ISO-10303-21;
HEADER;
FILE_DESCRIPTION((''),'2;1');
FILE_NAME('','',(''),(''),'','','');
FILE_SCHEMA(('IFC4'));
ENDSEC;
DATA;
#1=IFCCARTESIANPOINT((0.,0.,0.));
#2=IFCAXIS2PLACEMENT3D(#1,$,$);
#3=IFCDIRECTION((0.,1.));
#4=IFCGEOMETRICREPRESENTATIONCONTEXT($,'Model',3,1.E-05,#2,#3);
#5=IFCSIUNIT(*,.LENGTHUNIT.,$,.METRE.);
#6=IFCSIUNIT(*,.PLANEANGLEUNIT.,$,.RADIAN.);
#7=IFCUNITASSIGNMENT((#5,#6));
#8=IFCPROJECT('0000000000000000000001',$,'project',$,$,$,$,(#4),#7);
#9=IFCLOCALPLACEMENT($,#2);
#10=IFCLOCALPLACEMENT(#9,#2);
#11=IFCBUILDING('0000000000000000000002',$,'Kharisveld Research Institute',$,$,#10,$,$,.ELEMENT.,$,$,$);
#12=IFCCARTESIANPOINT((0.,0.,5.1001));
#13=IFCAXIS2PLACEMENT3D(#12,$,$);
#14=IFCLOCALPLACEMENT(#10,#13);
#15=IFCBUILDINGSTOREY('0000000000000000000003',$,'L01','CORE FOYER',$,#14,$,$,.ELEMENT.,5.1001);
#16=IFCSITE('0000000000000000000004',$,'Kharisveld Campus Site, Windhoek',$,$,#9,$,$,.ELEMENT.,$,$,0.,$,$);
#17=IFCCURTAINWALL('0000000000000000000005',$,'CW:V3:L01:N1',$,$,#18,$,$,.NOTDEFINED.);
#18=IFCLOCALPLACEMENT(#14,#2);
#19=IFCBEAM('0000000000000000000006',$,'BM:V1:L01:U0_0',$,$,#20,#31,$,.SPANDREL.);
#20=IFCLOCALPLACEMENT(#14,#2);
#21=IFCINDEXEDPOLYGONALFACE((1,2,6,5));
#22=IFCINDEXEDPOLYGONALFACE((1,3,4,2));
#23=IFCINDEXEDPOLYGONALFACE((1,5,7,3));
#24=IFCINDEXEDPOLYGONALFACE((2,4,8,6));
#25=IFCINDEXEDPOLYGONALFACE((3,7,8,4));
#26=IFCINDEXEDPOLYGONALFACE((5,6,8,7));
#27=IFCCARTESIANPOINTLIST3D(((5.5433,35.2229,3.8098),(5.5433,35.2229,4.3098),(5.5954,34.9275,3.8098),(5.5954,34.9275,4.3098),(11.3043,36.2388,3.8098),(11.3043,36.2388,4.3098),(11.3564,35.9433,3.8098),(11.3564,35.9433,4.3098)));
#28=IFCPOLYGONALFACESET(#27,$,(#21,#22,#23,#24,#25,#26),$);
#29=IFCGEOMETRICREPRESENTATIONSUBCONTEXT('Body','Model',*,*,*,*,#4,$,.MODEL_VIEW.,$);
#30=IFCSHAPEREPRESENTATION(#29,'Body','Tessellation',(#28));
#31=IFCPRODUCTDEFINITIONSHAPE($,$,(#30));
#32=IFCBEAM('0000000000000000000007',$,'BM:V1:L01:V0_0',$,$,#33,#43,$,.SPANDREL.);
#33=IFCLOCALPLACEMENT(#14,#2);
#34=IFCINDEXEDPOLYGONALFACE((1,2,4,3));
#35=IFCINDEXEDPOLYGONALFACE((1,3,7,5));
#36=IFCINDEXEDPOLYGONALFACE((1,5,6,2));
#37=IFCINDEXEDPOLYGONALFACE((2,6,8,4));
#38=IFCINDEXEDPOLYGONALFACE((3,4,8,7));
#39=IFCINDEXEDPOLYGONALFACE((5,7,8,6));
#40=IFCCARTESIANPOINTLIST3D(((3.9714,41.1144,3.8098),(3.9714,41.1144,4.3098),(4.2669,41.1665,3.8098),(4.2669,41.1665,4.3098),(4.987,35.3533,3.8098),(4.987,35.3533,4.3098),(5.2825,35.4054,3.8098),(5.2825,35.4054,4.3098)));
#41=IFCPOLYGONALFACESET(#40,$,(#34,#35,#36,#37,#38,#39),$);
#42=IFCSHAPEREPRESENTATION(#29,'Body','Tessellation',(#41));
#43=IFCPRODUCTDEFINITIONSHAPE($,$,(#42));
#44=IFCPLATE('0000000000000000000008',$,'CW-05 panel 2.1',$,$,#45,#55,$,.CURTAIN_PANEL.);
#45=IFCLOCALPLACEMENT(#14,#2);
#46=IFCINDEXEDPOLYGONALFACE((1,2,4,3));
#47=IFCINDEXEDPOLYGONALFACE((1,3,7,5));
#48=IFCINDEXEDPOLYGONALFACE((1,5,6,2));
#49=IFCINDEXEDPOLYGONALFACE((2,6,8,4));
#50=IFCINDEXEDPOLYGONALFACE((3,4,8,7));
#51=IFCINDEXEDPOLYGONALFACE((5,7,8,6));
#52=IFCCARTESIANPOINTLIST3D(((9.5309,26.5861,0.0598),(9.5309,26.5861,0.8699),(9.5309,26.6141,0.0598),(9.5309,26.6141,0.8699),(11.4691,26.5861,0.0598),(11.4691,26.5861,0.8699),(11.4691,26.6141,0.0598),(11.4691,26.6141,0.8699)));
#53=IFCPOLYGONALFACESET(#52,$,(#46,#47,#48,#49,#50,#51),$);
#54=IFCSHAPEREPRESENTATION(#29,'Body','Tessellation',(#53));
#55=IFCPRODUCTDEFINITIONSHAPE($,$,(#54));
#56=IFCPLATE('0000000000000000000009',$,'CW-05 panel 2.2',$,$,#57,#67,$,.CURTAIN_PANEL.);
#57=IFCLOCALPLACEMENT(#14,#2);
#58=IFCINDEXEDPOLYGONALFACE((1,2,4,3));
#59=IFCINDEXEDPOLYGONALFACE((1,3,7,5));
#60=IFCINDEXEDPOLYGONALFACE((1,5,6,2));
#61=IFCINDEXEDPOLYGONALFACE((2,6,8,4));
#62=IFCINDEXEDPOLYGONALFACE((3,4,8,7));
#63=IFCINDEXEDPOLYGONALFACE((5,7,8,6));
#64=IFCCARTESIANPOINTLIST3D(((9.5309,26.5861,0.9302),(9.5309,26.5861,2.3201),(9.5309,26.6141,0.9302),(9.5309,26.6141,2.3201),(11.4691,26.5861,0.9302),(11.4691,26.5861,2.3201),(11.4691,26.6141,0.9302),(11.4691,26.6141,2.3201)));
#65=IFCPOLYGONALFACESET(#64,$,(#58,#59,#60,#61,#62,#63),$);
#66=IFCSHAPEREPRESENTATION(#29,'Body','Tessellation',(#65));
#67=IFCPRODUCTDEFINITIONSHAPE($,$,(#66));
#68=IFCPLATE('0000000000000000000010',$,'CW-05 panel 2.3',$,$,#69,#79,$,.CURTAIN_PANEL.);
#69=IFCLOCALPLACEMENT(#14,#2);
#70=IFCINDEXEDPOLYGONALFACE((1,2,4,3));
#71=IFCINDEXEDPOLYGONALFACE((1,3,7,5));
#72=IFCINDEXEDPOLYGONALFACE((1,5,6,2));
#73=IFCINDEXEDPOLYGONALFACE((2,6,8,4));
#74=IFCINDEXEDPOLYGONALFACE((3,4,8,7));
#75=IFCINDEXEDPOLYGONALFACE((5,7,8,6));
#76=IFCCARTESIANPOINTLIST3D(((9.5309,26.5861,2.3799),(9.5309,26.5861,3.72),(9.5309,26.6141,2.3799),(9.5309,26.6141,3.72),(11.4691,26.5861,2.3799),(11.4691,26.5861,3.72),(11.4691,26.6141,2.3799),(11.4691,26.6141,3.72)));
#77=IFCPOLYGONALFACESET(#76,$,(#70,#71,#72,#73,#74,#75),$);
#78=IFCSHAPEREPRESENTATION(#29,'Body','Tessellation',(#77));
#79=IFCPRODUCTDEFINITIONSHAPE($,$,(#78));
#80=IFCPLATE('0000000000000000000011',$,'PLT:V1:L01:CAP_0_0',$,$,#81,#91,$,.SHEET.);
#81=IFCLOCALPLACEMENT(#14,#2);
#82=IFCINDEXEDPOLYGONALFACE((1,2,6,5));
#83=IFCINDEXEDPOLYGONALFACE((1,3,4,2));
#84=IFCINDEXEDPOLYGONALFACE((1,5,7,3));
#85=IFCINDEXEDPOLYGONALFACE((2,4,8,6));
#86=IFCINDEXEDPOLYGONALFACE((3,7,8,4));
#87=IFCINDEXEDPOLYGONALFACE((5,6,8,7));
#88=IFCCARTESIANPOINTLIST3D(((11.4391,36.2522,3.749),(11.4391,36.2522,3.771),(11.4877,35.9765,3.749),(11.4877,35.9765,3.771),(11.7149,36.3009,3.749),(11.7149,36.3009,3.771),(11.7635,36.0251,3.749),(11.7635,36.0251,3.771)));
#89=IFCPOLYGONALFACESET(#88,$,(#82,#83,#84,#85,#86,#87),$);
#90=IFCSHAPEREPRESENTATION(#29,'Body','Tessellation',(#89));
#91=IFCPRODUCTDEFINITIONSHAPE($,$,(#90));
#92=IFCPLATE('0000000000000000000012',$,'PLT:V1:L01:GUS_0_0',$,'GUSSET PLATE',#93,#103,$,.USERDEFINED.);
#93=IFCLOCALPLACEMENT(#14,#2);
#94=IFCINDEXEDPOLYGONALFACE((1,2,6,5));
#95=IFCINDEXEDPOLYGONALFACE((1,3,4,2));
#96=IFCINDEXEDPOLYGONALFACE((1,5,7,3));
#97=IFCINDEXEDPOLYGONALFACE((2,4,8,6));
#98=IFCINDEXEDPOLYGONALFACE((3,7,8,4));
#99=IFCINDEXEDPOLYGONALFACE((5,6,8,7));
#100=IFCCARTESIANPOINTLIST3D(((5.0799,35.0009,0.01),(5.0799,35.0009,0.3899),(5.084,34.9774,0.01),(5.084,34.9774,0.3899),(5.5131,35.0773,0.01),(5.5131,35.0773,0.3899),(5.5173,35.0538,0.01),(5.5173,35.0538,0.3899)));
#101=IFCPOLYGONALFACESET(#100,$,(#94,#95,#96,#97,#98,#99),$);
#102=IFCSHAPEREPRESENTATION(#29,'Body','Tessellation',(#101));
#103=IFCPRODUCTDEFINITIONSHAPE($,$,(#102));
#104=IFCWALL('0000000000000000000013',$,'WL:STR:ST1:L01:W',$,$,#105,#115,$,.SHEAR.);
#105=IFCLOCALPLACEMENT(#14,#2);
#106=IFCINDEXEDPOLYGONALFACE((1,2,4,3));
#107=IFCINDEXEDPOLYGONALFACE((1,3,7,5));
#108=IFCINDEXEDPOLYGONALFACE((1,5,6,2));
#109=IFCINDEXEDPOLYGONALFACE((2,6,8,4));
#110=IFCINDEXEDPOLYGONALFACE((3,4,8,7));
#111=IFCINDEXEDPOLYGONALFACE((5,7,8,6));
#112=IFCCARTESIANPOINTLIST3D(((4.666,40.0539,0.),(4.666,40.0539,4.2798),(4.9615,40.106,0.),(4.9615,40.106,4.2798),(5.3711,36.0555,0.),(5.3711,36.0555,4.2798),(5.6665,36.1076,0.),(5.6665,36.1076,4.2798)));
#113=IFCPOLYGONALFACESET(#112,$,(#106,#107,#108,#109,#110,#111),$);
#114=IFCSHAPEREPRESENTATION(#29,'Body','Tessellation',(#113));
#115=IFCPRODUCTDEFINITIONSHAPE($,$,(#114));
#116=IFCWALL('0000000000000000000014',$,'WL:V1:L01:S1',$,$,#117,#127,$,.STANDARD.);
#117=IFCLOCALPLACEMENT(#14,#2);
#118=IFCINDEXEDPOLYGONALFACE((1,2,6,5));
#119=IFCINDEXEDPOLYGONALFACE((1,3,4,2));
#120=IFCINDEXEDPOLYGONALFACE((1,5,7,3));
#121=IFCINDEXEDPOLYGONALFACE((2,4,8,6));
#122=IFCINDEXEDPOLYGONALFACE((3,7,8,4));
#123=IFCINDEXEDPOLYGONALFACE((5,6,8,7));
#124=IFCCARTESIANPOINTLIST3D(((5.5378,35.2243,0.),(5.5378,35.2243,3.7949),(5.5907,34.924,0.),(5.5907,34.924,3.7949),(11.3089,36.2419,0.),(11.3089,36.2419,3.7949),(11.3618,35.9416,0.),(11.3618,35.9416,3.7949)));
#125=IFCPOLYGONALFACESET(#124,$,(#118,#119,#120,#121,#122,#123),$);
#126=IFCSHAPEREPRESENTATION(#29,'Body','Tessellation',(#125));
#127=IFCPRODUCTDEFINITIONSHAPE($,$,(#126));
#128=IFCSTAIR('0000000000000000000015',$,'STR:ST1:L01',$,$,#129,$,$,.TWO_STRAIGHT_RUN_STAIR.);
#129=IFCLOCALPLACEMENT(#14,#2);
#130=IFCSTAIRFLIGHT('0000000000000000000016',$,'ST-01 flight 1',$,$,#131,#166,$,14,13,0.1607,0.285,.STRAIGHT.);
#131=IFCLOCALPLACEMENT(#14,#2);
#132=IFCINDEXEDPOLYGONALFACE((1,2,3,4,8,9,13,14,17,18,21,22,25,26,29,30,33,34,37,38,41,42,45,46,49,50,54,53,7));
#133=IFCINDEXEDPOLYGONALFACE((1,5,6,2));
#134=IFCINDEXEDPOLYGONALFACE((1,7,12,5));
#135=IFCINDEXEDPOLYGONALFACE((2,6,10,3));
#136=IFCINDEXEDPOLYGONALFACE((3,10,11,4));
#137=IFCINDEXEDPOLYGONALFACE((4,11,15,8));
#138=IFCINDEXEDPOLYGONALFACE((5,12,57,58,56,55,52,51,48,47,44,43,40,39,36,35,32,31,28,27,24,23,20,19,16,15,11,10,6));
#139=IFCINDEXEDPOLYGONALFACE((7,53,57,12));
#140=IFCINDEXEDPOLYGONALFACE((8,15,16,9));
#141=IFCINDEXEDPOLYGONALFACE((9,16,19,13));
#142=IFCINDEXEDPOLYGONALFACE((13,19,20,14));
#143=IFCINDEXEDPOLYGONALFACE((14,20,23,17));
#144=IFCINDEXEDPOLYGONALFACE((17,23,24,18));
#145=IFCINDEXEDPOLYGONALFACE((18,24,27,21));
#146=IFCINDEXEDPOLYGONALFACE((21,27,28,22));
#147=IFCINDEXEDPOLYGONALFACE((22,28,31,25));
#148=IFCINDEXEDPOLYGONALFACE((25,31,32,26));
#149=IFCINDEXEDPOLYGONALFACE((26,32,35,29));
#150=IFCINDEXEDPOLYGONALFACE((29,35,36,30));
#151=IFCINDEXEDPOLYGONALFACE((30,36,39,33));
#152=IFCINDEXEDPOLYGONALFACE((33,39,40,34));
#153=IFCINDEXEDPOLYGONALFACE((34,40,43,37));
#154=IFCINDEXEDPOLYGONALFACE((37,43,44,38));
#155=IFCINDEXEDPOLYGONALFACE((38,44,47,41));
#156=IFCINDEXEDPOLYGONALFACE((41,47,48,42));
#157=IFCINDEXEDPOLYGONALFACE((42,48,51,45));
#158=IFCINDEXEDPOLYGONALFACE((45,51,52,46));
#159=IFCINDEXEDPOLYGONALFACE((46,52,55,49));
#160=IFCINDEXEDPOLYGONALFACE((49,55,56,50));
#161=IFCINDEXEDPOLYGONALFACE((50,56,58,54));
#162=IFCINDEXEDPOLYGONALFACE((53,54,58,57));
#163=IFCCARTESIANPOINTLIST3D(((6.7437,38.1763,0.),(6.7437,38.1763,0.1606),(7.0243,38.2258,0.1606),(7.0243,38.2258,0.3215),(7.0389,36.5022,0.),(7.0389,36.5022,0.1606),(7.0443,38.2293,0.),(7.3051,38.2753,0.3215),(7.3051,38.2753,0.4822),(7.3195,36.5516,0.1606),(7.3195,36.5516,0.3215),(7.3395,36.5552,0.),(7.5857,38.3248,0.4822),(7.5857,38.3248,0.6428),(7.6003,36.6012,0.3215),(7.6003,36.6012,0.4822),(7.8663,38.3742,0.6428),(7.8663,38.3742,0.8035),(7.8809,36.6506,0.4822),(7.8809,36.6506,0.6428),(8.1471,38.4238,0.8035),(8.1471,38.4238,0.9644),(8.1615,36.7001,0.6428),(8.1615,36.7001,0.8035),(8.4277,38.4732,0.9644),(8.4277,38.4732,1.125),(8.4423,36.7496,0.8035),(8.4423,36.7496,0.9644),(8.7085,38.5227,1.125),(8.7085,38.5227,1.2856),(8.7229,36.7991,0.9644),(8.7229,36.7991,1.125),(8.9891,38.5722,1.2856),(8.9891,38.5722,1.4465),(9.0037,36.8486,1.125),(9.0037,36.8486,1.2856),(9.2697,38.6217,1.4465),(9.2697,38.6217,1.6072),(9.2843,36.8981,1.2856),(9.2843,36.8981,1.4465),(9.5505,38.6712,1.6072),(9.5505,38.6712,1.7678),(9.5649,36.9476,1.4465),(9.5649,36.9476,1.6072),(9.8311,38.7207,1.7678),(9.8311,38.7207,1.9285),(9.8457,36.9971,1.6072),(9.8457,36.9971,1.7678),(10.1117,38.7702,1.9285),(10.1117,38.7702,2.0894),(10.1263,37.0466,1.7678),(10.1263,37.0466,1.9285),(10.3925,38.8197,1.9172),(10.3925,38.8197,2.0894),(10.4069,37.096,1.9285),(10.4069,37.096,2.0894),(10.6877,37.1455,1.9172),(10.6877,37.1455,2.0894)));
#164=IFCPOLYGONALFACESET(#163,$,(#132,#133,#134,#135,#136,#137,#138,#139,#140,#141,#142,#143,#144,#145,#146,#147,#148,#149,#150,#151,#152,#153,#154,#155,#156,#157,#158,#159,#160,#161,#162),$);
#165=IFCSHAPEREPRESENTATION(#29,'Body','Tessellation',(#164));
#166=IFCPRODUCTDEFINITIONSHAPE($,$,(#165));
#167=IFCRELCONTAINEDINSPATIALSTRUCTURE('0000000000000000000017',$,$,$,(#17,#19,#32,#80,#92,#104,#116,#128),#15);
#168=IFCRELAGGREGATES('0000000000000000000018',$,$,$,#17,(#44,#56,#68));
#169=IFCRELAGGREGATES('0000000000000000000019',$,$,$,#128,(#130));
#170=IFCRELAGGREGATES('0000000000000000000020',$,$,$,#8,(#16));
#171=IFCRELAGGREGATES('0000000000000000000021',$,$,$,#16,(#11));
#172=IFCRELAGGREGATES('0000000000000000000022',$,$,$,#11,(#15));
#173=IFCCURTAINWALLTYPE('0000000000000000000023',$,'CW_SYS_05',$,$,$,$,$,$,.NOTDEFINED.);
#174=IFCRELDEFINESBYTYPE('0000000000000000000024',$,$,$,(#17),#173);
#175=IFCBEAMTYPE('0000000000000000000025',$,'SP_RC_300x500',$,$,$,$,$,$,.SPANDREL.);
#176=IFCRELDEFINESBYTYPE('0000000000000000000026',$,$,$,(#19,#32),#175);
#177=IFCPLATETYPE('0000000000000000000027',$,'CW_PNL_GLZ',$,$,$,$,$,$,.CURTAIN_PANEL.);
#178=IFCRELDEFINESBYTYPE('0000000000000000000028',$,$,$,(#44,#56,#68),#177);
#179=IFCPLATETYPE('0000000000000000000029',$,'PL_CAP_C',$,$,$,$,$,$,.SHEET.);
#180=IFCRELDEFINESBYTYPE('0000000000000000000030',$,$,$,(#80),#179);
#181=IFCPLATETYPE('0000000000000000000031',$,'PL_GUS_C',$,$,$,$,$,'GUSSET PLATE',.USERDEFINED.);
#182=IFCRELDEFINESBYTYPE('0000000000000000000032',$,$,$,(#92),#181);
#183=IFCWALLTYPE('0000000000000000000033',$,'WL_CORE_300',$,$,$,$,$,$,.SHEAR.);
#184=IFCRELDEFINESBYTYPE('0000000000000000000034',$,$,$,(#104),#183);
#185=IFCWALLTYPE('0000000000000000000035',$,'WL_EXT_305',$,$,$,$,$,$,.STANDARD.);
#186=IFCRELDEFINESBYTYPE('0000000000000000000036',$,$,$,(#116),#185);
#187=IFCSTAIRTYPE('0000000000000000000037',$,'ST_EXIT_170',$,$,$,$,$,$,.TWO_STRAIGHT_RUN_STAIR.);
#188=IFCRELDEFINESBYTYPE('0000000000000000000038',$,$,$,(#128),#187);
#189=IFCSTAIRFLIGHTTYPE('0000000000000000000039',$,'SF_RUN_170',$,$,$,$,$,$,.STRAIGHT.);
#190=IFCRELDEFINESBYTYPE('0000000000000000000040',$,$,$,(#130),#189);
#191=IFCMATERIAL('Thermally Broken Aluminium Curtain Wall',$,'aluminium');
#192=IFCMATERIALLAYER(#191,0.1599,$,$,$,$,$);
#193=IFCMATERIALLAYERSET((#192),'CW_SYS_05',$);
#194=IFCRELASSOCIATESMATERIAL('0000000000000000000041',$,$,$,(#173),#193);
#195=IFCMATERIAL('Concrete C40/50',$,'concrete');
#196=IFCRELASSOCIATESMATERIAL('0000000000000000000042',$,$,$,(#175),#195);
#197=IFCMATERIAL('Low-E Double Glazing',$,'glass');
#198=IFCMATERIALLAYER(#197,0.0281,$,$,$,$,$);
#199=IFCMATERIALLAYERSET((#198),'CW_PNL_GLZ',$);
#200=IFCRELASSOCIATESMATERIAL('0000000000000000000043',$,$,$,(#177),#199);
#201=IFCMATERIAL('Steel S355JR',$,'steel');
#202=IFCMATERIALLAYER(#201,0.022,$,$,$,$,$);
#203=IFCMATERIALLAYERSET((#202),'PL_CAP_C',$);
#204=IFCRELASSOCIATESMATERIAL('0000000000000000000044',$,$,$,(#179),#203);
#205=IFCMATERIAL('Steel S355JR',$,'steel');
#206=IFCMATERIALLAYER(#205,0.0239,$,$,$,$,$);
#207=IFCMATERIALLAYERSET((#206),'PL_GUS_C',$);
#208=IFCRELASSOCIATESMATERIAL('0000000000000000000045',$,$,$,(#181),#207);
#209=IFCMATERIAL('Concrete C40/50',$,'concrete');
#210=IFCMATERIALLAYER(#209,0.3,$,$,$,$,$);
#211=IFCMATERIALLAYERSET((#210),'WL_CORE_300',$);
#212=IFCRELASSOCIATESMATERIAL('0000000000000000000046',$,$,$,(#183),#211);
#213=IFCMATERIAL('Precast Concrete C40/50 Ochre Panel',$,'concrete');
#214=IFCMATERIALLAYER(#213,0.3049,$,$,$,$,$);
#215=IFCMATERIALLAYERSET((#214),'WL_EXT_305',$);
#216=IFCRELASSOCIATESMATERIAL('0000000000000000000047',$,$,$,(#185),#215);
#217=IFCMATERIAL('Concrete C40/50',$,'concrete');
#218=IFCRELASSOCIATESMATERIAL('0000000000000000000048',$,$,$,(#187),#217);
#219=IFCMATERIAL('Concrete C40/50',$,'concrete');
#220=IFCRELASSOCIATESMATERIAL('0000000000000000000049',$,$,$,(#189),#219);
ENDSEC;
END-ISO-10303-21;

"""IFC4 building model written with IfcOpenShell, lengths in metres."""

from ifc_helpers import new_model, si_unit, direction, frame, frame_2d, origin, origin_2d, place, context, subcontext, project, spatial, polyline, rectangle, outline, extrude, material, layer, layer_set, material_profile, profile_set, type_object, element, aggregate, save


model = new_model("IFC4")

# Units and contexts
model_context = context("Model", 3, precision=1e-05, world=origin(), true_north=direction((0.0, 1.0)))
body_context = subcontext(model_context, "Body", "Model", "MODEL_VIEW")
ifc_project = project(units=[si_unit("LENGTHUNIT", "METRE"), si_unit("PLANEANGLEUNIT", "RADIAN")], contexts=[model_context])

# Site, building, storey
site_placement = place(None, origin())
site = spatial("IfcSite", under=ifc_project, at=site_placement, Name="Kharisveld Campus Site, Windhoek", CompositionType="ELEMENT", RefElevation=0.0)
building_placement = place(site_placement, origin())
building = spatial("IfcBuilding", under=site, at=building_placement, Name="Kharisveld Research Institute", CompositionType="ELEMENT")
storey_placement = place(building_placement, frame((0.0, 0.0, 5.1001)))
storey = spatial("IfcBuildingStorey", under=building, at=storey_placement, Name="L01", Description="CORE FOYER", CompositionType="ELEMENT", Elevation=5.1001)

# Curtain wall
ifc_material_1 = material(Name="Thermally Broken Aluminium Curtain Wall", Category="aluminium")
ifc_layer_1 = layer(ifc_material_1, 0.1599)
ifc_layer_set_1 = layer_set([ifc_layer_1], Name="CW_SYS_05")
curtain_wall_type = type_object("IfcCurtainWallType", Name="CW_SYS_05", PredefinedType="NOTDEFINED", material=ifc_layer_set_1)
curtain_wall_placement = place(storey_placement, origin())
curtain_wall = element("IfcCurtainWall", 1, at=curtain_wall_placement, inside=storey, type_object=curtain_wall_type, Name="CW:V3:L01:N1", PredefinedType="NOTDEFINED")

# Beams
ifc_material_2 = material(Name="Concrete C40/50", Category="concrete")
ifc_material_profile_1 = material_profile(ifc_material_2, rectangle(XDim=0.3, YDim=0.5, at=origin_2d()))
ifc_profile_set_1 = profile_set([ifc_material_profile_1], Name="Concrete C40/50")
beam_type_1 = type_object("IfcBeamType", Name="SP_RC_300x500", PredefinedType="SPANDREL", material=ifc_profile_set_1)
for number, where, z_axis, x_axis, name in (
    (2, (5.5693, 35.0752, 4.0598), (0.984806, 0.173657, 0.0), (-0.173657, 0.984806, 0.0), "BM:V1:L01:U0_0"),
    (3, (5.1348, 35.3794, 4.0598), (-0.173616, 0.984813, 0.0), (-0.984813, -0.173616, 0.0), "BM:V1:L01:V0_0"),
):
    element("IfcBeam", number, at=place(storey_placement, frame(where, z_axis=z_axis, x_axis=x_axis)), inside=storey, type_object=beam_type_1, Name=name, PredefinedType="SPANDREL", context=body_context, shape_type="SweptSolid", body=[
        extrude(rectangle(XDim=0.3, YDim=0.5, at=origin_2d()), origin(), (0.0, 0.0, 1.0), 5.8499),
    ])

# Plates
ifc_material_3 = material(Name="Low-E Double Glazing", Category="glass")
ifc_layer_2 = layer(ifc_material_3, 0.0281)
ifc_layer_set_2 = layer_set([ifc_layer_2], Name="CW_PNL_GLZ")
plate_type_1 = type_object("IfcPlateType", Name="CW_PNL_GLZ", PredefinedType="CURTAIN_PANEL", material=ifc_layer_set_2)
plate_1_placement = place(storey_placement, frame((10.5, 26.6001, 0.0598), z_axis=(0.0, 0.0, 1.0), x_axis=(1.0, 0.0, 0.0)))
plate_1 = element("IfcPlate", 4, at=plate_1_placement, type_object=plate_type_1, Name="CW-05 panel 2.1", PredefinedType="CURTAIN_PANEL", context=body_context, shape_type="SweptSolid", body=[
    extrude(rectangle(XDim=1.9382, YDim=0.0281, at=origin_2d()), origin(), (0.0, 0.0, 1.0), 0.8101),
])
plate_2_placement = place(storey_placement, frame((10.5, 26.6001, 0.9302), z_axis=(0.0, 0.0, 1.0), x_axis=(1.0, 0.0, 0.0)))
plate_2 = element("IfcPlate", 5, at=plate_2_placement, type_object=plate_type_1, Name="CW-05 panel 2.2", PredefinedType="CURTAIN_PANEL", context=body_context, shape_type="SweptSolid", body=[
    extrude(rectangle(XDim=1.9382, YDim=0.0281, at=origin_2d()), origin(), (0.0, 0.0, 1.0), 1.3899),
])
plate_3_placement = place(storey_placement, frame((10.5, 26.6001, 2.3799), z_axis=(0.0, 0.0, 1.0), x_axis=(1.0, 0.0, 0.0)))
plate_3 = element("IfcPlate", 6, at=plate_3_placement, type_object=plate_type_1, Name="CW-05 panel 2.3", PredefinedType="CURTAIN_PANEL", context=body_context, shape_type="SweptSolid", body=[
    extrude(rectangle(XDim=1.9382, YDim=0.0281, at=origin_2d()), origin(), (0.0, 0.0, 1.0), 1.3401),
])
aggregate(curtain_wall, [plate_1, plate_2, plate_3])

# Plates
ifc_material_4 = material(Name="Steel S355JR", Category="steel")
ifc_layer_3 = layer(ifc_material_4, 0.022)
ifc_layer_set_3 = layer_set([ifc_layer_3], Name="PL_CAP_C")
plate_type_2 = type_object("IfcPlateType", Name="PL_CAP_C", PredefinedType="SHEET", material=ifc_layer_set_3)
plate_4_placement = place(storey_placement, frame((11.6013, 36.1387, 3.749), z_axis=(0.0, 0.0, 1.0), x_axis=(0.984808, 0.173648, 0.0)))
element("IfcPlate", 7, at=plate_4_placement, inside=storey, type_object=plate_type_2, Name="PLT:V1:L01:CAP_0_0", PredefinedType="SHEET", context=body_context, shape_type="SweptSolid", body=[
    extrude(rectangle(XDim=0.28, YDim=0.28, at=origin_2d()), origin(), (0.0, 0.0, 1.0), 0.022),
])
ifc_material_5 = material(Name="Steel S355JR", Category="steel")
ifc_layer_4 = layer(ifc_material_5, 0.0239)
ifc_layer_set_4 = layer_set([ifc_layer_4], Name="PL_GUS_C")
plate_type_3 = type_object("IfcPlateType", Name="PL_GUS_C", ElementType="GUSSET PLATE", PredefinedType="USERDEFINED", material=ifc_layer_set_4)
plate_5_placement = place(storey_placement, frame((5.2986, 35.0273, 0.01), z_axis=(0.0, 0.0, 1.0), x_axis=(0.984808, 0.173648, 0.0)))
element("IfcPlate", 8, at=plate_5_placement, inside=storey, type_object=plate_type_3, Name="PLT:V1:L01:GUS_0_0", ObjectType="GUSSET PLATE", PredefinedType="USERDEFINED", context=body_context, shape_type="SweptSolid", body=[
    extrude(rectangle(XDim=0.4399, YDim=0.0239, at=origin_2d()), origin(), (0.0, 0.0, 1.0), 0.3799),
])

# Wall
ifc_material_6 = material(Name="Concrete C40/50", Category="concrete")
ifc_layer_5 = layer(ifc_material_6, 0.3)
ifc_layer_set_5 = layer_set([ifc_layer_5], Name="WL_CORE_300")
wall_type_1 = type_object("IfcWallType", Name="WL_CORE_300", PredefinedType="SHEAR", material=ifc_layer_set_5)
wall_1_placement = place(storey_placement, frame((5.5188, 36.0815, 0.0), z_axis=(0.0, 0.0, 1.0), x_axis=(-0.173665, 0.984805, 0.0)))
element("IfcWall", 9, at=wall_1_placement, inside=storey, type_object=wall_type_1, Name="WL:STR:ST1:L01:W", PredefinedType="SHEAR", context=body_context, shape_type="SweptSolid", body=[
    extrude(rectangle(XDim=4.0601, YDim=0.3, at=frame_2d((2.03, 0.0))), origin(), (0.0, 0.0, 1.0), 4.2798),
])

# Wall
ifc_material_7 = material(Name="Precast Concrete C40/50 Ochre Panel", Category="concrete")
ifc_layer_6 = layer(ifc_material_7, 0.3049)
ifc_layer_set_6 = layer_set([ifc_layer_6], Name="WL_EXT_305")
wall_type_2 = type_object("IfcWallType", Name="WL_EXT_305", PredefinedType="STANDARD", material=ifc_layer_set_6)
wall_2_placement = place(storey_placement, frame((11.3354, 36.0918, 0.0), z_axis=(0.0, 0.0, 1.0), x_axis=(-0.984808, -0.173647, 0.0)))
element("IfcWall", 10, at=wall_2_placement, inside=storey, type_object=wall_type_2, Name="WL:V1:L01:S1", PredefinedType="STANDARD", context=body_context, shape_type="SweptSolid", body=[
    extrude(rectangle(XDim=5.8601, YDim=0.3049, at=frame_2d((2.9302, 0.0))), origin(), (0.0, 0.0, 1.0), 3.7949),
])

# Stair, stair flight
ifc_material_8 = material(Name="Concrete C40/50", Category="concrete")
stair_type = type_object("IfcStairType", Name="ST_EXIT_170", PredefinedType="TWO_STRAIGHT_RUN_STAIR", material=ifc_material_8)
stair_placement = place(storey_placement, origin())
stair = element("IfcStair", 11, at=stair_placement, inside=storey, type_object=stair_type, Name="STR:ST1:L01", PredefinedType="TWO_STRAIGHT_RUN_STAIR")
ifc_material_9 = material(Name="Concrete C40/50", Category="concrete")
stair_flight_type = type_object("IfcStairFlightType", Name="SF_RUN_170", PredefinedType="STRAIGHT", material=ifc_material_9)
stair_flight_placement = place(storey_placement, frame((6.8914, 37.3391, 0.0), z_axis=(0.0, 0.0, 1.0), x_axis=(0.984808, 0.173648, 0.0)))
stair_flight = element("IfcStairFlight", 12, at=stair_flight_placement, type_object=stair_flight_type, Name="ST-01 flight 1", NumberOfRisers=14, NumberOfTreads=13, PredefinedType="STRAIGHT", RiserHeight=0.1607, TreadLength=0.285, context=body_context, shape_type="SweptSolid", body=[
    extrude(outline(polyline([(0.0, 0.0), (0.0, 0.1606), (0.2849, 0.1606), (0.2849, 0.3215), (0.5701, 0.3215), (0.5701, 0.4822), (0.855, 0.4822), (0.855, 0.6428), (1.1399, 0.6428), (1.1399, 0.8035), (1.425, 0.8035), (1.425, 0.9644), (1.71, 0.9644), (1.71, 1.125), (1.9951, 1.125), (1.9951, 1.2856), (2.28, 1.2856), (2.28, 1.4465), (2.5649, 1.4465), (2.5649, 1.6072), (2.8501, 1.6072), (2.8501, 1.7678), (3.135, 1.7678), (3.135, 1.9285), (3.4199, 1.9285), (3.4199, 2.0894), (3.7051, 2.0894), (3.7051, 2.25), (3.7051, 1.9172), (0.3052, 0.0), (0.0, 0.0)])), frame((0.0, 0.8501, 0.0), z_axis=(0.0, -1.0, 0.0), x_axis=(1.0, 0.0, 0.0)), (0.0, 0.0, 1.0), 1.7),
])
aggregate(stair, [stair_flight])

save(model, "model.ifc")
